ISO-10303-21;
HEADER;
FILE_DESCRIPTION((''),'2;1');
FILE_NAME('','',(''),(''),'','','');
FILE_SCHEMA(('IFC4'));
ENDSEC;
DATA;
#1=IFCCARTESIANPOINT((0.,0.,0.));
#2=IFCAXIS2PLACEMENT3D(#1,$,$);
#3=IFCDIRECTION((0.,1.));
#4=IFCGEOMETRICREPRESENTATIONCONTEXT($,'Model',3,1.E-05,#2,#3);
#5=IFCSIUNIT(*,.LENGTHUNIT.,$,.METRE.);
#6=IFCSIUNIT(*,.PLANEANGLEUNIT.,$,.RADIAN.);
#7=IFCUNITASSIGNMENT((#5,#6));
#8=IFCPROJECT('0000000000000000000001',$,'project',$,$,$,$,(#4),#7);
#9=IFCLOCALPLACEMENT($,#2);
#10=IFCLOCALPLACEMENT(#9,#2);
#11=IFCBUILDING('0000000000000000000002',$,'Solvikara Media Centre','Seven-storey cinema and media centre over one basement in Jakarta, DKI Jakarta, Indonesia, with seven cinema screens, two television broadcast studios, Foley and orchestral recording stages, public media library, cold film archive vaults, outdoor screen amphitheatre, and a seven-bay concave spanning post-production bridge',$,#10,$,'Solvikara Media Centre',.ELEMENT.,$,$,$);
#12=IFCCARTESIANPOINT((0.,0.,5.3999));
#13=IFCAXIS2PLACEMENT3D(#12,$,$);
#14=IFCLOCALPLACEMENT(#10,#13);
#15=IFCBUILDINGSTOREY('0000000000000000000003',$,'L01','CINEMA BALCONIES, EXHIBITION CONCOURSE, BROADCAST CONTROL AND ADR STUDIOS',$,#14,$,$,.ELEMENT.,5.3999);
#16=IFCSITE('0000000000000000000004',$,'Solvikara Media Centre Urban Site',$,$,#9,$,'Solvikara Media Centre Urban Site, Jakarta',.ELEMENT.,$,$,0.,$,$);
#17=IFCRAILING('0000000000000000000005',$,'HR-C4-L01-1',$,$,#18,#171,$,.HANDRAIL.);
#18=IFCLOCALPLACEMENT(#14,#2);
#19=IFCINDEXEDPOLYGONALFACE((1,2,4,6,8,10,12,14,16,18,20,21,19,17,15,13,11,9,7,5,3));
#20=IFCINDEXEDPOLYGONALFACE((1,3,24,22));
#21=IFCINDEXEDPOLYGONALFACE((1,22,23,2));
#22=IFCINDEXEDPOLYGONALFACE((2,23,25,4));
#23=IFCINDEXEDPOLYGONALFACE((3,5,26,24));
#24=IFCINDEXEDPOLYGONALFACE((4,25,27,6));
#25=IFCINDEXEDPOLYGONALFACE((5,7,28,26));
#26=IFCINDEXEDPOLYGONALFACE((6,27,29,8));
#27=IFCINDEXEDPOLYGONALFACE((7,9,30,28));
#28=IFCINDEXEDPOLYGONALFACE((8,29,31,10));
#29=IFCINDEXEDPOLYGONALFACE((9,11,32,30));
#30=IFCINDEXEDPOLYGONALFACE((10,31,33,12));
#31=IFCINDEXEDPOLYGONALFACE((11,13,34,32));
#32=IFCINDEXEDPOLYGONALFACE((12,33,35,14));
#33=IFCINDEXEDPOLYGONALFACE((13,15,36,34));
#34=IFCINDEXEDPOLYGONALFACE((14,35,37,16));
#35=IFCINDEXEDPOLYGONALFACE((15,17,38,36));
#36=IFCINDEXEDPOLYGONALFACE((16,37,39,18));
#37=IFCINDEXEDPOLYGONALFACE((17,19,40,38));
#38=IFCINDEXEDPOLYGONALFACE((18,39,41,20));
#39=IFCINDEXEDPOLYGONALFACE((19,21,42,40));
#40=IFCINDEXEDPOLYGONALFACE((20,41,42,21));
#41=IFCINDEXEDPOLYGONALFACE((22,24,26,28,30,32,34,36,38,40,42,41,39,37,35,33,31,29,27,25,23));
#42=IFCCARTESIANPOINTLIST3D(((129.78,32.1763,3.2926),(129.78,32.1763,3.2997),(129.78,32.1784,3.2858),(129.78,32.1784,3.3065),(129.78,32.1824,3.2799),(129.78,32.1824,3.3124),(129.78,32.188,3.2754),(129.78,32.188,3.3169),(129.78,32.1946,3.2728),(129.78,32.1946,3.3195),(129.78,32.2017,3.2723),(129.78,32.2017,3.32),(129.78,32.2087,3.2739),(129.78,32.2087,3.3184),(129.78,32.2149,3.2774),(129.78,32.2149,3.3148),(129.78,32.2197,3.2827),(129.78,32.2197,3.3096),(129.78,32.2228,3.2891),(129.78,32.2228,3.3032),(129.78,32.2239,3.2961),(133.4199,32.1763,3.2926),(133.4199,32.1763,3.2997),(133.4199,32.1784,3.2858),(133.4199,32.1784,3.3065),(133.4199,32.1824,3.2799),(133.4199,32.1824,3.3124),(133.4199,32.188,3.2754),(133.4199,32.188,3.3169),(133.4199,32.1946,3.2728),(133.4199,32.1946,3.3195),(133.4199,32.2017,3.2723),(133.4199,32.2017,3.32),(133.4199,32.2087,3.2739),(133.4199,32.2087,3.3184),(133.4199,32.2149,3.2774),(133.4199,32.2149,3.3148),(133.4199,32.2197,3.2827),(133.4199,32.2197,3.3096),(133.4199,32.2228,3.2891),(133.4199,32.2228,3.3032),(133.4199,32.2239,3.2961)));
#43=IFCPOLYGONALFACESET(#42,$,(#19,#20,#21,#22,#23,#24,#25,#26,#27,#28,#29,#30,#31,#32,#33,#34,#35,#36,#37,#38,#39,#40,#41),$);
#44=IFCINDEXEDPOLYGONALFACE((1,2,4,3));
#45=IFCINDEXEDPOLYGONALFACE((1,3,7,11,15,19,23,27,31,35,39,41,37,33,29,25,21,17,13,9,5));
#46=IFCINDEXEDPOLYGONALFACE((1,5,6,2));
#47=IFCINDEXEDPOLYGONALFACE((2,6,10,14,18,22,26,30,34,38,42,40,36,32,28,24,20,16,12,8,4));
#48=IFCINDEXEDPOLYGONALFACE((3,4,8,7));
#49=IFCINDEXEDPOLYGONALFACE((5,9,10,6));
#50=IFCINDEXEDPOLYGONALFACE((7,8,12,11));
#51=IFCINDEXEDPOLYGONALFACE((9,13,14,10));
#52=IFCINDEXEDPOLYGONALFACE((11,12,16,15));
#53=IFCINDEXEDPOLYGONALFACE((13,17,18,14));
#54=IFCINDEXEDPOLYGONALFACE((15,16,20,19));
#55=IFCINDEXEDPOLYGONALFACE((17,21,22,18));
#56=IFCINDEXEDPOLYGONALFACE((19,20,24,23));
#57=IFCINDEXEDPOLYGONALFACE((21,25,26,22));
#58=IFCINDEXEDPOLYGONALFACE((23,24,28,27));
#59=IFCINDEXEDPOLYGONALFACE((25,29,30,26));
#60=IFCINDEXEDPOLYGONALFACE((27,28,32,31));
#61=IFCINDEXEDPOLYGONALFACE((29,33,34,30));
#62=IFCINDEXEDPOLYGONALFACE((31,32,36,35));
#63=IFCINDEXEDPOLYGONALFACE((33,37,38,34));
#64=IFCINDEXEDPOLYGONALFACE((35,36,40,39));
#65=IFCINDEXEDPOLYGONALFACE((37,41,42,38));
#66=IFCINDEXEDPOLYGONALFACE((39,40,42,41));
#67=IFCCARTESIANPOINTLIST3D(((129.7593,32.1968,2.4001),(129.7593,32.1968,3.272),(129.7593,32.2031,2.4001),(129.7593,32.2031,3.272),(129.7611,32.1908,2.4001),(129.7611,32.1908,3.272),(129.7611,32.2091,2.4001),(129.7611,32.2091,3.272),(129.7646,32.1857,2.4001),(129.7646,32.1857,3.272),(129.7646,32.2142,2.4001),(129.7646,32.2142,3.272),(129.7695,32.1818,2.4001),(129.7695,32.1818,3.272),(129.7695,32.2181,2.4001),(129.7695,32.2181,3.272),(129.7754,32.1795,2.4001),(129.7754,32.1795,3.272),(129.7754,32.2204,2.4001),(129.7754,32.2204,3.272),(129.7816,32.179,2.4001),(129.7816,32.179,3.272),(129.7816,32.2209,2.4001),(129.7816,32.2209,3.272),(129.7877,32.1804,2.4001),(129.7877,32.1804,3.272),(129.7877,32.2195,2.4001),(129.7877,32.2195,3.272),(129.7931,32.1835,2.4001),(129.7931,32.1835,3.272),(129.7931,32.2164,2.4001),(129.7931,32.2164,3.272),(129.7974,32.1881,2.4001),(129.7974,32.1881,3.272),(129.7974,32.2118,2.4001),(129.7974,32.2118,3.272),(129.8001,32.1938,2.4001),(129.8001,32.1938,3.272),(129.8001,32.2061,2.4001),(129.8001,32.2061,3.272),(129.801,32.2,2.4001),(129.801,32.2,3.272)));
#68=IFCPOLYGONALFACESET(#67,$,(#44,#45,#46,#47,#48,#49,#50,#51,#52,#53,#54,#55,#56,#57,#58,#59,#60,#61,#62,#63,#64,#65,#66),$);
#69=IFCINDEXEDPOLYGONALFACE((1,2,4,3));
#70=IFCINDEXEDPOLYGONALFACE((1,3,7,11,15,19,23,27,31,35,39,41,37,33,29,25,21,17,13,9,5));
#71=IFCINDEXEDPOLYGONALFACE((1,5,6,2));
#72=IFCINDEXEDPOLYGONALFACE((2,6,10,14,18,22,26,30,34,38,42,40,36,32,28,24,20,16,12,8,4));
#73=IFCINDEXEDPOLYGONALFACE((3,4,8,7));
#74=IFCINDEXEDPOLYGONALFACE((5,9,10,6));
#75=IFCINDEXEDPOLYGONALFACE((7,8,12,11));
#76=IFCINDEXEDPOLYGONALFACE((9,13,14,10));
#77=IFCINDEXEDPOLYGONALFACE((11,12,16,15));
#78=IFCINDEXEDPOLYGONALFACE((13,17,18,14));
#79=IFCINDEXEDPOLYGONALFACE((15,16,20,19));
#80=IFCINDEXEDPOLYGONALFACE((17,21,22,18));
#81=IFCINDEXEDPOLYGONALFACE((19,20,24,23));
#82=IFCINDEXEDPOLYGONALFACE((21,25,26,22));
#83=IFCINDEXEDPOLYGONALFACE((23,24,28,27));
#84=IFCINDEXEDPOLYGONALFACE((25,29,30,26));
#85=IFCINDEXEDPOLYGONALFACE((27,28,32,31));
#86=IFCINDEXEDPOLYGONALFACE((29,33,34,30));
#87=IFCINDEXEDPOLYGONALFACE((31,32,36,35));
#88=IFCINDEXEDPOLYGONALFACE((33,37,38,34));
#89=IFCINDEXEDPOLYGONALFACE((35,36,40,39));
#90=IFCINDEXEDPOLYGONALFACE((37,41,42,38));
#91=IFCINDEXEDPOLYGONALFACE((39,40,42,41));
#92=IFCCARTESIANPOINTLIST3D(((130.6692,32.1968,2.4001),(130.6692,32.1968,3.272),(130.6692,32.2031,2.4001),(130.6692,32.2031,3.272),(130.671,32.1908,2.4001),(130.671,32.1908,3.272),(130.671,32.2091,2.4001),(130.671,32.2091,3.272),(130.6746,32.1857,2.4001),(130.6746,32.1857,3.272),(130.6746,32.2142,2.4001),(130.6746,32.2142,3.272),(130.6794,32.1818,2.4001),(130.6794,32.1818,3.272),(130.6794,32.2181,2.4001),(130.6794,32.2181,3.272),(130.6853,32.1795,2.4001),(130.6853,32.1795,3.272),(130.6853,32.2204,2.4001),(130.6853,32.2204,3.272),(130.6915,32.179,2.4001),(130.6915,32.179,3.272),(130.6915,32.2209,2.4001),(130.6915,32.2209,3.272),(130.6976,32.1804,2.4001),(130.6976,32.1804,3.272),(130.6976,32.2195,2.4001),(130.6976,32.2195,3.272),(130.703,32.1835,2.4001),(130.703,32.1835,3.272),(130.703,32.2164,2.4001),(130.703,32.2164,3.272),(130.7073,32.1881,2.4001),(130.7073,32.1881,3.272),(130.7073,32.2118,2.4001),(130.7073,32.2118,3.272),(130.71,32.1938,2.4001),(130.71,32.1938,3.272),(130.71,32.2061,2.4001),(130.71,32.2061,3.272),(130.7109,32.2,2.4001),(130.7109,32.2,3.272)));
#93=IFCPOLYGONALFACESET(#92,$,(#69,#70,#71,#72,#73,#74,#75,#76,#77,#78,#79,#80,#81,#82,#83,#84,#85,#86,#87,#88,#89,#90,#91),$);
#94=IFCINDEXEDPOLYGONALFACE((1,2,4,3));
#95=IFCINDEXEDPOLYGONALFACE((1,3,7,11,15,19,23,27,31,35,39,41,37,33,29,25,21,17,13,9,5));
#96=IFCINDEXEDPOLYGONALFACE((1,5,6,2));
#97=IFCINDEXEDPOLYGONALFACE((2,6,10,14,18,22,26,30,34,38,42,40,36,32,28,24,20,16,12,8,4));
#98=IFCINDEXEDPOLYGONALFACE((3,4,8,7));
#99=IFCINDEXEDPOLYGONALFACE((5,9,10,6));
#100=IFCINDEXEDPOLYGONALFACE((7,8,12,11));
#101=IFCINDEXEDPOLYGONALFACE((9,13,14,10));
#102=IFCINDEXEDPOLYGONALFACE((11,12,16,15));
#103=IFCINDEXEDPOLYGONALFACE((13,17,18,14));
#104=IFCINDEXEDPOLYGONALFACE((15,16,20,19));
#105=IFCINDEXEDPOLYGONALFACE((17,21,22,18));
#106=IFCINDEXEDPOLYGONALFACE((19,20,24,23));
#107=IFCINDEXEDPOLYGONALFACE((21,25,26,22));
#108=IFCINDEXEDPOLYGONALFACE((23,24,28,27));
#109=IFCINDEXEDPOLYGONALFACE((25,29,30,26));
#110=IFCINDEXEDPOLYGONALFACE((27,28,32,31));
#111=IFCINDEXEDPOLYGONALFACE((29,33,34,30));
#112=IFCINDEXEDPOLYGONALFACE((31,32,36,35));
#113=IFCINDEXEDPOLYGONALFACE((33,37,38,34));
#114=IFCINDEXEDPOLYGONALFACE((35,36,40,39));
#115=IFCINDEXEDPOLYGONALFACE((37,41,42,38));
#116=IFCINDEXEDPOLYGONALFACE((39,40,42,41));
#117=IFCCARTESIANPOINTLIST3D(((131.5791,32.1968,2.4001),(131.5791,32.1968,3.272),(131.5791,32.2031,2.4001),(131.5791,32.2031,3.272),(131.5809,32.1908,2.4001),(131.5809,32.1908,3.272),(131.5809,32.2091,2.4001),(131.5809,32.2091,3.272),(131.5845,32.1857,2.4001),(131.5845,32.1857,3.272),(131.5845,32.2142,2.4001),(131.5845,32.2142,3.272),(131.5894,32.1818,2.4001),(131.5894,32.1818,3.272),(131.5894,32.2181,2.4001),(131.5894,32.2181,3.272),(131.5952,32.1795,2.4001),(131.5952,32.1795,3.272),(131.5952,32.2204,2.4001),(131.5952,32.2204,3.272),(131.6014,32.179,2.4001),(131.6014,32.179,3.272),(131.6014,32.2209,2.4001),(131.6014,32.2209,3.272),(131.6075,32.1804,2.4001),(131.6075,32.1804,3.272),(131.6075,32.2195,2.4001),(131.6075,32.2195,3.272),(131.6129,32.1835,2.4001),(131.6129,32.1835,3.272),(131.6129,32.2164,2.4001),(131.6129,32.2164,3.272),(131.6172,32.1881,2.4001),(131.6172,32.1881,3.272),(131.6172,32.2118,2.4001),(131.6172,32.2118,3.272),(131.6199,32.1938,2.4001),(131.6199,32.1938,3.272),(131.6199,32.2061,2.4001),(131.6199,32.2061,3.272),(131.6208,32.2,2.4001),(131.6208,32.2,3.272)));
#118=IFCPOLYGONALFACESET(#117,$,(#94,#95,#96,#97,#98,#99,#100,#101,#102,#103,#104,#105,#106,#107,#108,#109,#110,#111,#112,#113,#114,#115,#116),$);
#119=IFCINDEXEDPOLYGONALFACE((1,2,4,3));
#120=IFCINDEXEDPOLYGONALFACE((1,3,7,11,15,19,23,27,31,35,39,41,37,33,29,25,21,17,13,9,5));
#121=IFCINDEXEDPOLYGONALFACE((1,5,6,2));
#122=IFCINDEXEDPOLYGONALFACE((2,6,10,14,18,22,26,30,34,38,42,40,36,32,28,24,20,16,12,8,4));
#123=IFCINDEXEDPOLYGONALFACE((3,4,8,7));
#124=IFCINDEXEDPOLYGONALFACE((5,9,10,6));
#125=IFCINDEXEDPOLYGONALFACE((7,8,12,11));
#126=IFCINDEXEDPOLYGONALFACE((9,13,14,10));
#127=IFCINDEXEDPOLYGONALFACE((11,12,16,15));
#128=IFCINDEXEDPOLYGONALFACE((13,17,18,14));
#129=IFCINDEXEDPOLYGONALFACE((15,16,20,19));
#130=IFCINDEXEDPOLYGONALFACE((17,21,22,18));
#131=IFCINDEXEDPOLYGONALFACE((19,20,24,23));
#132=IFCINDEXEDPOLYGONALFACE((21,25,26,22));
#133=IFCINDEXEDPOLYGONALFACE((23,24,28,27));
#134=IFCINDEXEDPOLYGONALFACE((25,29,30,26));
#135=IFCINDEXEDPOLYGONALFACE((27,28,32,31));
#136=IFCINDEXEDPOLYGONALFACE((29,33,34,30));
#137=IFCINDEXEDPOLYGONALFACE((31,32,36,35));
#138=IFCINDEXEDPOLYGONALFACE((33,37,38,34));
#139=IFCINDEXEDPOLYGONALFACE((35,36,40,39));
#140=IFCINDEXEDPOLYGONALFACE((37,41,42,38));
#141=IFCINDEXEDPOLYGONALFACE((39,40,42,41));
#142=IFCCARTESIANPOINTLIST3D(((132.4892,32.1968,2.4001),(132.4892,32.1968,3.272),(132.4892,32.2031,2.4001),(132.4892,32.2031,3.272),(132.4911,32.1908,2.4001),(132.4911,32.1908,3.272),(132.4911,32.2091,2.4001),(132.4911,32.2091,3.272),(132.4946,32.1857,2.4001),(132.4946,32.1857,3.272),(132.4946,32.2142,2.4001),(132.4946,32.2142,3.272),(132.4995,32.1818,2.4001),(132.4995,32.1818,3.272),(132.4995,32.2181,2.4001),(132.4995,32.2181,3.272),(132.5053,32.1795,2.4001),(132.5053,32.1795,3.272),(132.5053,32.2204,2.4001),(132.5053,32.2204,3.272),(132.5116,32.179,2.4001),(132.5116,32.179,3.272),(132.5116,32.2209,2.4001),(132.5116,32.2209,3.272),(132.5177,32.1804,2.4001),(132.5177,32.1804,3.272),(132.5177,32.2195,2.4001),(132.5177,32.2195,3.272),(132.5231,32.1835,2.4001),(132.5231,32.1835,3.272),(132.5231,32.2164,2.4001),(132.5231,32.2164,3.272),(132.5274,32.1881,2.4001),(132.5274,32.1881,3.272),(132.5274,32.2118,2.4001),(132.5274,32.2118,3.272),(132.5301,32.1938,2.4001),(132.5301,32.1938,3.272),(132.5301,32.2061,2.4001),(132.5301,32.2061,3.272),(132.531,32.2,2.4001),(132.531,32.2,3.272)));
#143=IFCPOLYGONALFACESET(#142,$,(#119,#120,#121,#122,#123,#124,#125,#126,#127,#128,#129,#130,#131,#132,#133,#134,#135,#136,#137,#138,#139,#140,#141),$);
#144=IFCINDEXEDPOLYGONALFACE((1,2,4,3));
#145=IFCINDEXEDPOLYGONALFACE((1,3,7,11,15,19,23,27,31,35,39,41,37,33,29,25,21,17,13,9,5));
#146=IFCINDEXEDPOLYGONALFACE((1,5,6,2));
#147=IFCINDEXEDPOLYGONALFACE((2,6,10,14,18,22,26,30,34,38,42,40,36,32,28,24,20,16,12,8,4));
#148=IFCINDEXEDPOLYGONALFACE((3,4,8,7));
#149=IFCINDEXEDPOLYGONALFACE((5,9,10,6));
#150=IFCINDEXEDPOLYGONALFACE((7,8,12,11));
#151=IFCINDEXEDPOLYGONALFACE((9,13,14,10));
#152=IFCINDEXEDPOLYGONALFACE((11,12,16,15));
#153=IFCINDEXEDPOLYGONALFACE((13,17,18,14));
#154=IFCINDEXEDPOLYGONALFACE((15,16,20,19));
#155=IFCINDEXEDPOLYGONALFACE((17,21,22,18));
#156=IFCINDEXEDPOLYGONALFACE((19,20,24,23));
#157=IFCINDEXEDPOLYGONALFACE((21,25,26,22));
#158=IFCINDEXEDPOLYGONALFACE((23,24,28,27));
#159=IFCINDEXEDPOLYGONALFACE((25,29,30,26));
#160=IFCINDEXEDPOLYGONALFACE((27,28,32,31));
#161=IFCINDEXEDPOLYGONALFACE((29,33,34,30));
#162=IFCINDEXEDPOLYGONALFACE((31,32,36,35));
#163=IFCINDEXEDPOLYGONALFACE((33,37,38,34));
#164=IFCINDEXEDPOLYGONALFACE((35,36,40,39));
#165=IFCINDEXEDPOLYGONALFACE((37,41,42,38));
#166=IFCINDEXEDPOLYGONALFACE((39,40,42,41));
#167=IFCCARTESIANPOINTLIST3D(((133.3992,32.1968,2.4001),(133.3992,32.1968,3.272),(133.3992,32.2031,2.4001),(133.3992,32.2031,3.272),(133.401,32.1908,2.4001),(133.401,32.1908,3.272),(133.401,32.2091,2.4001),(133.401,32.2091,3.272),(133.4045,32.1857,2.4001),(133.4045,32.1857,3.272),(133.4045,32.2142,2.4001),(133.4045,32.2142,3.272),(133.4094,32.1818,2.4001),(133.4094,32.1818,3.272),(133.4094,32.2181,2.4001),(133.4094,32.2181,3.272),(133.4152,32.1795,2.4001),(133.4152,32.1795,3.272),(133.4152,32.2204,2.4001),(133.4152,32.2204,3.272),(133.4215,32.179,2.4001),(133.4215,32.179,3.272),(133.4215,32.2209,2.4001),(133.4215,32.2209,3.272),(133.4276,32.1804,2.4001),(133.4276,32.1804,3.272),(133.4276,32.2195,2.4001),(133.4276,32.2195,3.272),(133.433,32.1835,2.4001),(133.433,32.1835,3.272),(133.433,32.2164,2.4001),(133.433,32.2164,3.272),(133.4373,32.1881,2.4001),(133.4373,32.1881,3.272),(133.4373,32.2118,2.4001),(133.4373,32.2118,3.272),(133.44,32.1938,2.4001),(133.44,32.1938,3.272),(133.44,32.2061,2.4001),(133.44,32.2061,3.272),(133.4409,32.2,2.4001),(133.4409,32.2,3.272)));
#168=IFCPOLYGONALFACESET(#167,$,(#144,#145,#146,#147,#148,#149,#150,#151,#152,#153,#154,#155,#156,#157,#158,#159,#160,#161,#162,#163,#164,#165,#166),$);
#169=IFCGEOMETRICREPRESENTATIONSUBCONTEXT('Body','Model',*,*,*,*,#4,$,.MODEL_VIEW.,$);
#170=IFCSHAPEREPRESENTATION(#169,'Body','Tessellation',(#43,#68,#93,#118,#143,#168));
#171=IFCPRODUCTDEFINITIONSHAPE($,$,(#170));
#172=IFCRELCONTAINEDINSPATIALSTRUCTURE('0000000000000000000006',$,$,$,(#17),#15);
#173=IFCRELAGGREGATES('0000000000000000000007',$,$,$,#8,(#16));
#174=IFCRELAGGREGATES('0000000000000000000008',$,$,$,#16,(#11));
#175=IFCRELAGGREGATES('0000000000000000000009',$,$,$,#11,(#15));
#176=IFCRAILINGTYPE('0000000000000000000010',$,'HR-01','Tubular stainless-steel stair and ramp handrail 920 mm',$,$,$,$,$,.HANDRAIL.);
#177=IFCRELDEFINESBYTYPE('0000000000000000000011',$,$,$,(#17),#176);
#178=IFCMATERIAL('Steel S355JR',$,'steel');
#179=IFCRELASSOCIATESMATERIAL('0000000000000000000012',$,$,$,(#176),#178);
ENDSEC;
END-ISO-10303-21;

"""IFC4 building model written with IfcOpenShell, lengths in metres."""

from ifc_helpers import new_model, si_unit, direction, frame, origin, origin_2d, place, context, subcontext, project, spatial, circle, extrude, material, type_object, element, save


model = new_model("IFC4")

# Units and contexts
model_context = context("Model", 3, precision=1e-05, world=origin(), true_north=direction((0.0, 1.0)))
body_context = subcontext(model_context, "Body", "Model", "MODEL_VIEW")
ifc_project = project(units=[si_unit("LENGTHUNIT", "METRE"), si_unit("PLANEANGLEUNIT", "RADIAN")], contexts=[model_context])

# Site, building, storey
site_placement = place(None, origin())
site = spatial("IfcSite", under=ifc_project, at=site_placement, Name="Solvikara Media Centre Urban Site", LongName="Solvikara Media Centre Urban Site, Jakarta", CompositionType="ELEMENT", RefElevation=0.0)
building_placement = place(site_placement, origin())
building = spatial("IfcBuilding", under=site, at=building_placement, Name="Solvikara Media Centre", Description="Seven-storey cinema and media centre over one basement in Jakarta, DKI Jakarta, Indonesia, with seven cinema screens, two television broadcast studios, Foley and orchestral recording stages, public media library, cold film archive vaults, outdoor screen amphitheatre, and a seven-bay concave spanning post-production bridge", LongName="Solvikara Media Centre", CompositionType="ELEMENT")
storey_placement = place(building_placement, frame((0.0, 0.0, 5.3999)))
storey = spatial("IfcBuildingStorey", under=building, at=storey_placement, Name="L01", Description="CINEMA BALCONIES, EXHIBITION CONCOURSE, BROADCAST CONTROL AND ADR STUDIOS", CompositionType="ELEMENT", Elevation=5.3999)

# Shared definitions
ifc_material_1 = material(Name="Steel S355JR", Category="steel")

# Railing
railing_type_1 = type_object("IfcRailingType", Name="HR-01", Description="Tubular stainless-steel stair and ramp handrail 920 mm", PredefinedType="HANDRAIL", material=ifc_material_1)
railing_1_placement = place(storey_placement, frame((129.78, 32.2, 2.4001)))
element("IfcRailing", 1, at=railing_1_placement, inside=storey, type_object=railing_type_1, Name="HR-C4-L01-1", PredefinedType="HANDRAIL", context=body_context, shape_type="SweptSolid", body=[
    extrude(circle(Radius=0.0239, at=origin_2d()), frame((0.0, 0.0, 0.896), z_axis=(1.0, 0.0, 0.0), x_axis=(0.0, 1.0, 0.0)), (0.0, 0.0, 1.0), 3.6399),
    extrude(circle(Radius=0.021, at=origin_2d()), origin(), (0.0, 0.0, 1.0), 0.8718),
    extrude(circle(Radius=0.021, at=origin_2d()), frame((0.9099, 0.0, 0.0)), (0.0, 0.0, 1.0), 0.8718),
    extrude(circle(Radius=0.021, at=origin_2d()), frame((1.8198, 0.0, 0.0)), (0.0, 0.0, 1.0), 0.8718),
    extrude(circle(Radius=0.021, at=origin_2d()), frame((2.73, 0.0, 0.0)), (0.0, 0.0, 1.0), 0.8718),
    extrude(circle(Radius=0.021, at=origin_2d()), frame((3.6399, 0.0, 0.0)), (0.0, 0.0, 1.0), 0.8718),
])

save(model, "model.ifc")
